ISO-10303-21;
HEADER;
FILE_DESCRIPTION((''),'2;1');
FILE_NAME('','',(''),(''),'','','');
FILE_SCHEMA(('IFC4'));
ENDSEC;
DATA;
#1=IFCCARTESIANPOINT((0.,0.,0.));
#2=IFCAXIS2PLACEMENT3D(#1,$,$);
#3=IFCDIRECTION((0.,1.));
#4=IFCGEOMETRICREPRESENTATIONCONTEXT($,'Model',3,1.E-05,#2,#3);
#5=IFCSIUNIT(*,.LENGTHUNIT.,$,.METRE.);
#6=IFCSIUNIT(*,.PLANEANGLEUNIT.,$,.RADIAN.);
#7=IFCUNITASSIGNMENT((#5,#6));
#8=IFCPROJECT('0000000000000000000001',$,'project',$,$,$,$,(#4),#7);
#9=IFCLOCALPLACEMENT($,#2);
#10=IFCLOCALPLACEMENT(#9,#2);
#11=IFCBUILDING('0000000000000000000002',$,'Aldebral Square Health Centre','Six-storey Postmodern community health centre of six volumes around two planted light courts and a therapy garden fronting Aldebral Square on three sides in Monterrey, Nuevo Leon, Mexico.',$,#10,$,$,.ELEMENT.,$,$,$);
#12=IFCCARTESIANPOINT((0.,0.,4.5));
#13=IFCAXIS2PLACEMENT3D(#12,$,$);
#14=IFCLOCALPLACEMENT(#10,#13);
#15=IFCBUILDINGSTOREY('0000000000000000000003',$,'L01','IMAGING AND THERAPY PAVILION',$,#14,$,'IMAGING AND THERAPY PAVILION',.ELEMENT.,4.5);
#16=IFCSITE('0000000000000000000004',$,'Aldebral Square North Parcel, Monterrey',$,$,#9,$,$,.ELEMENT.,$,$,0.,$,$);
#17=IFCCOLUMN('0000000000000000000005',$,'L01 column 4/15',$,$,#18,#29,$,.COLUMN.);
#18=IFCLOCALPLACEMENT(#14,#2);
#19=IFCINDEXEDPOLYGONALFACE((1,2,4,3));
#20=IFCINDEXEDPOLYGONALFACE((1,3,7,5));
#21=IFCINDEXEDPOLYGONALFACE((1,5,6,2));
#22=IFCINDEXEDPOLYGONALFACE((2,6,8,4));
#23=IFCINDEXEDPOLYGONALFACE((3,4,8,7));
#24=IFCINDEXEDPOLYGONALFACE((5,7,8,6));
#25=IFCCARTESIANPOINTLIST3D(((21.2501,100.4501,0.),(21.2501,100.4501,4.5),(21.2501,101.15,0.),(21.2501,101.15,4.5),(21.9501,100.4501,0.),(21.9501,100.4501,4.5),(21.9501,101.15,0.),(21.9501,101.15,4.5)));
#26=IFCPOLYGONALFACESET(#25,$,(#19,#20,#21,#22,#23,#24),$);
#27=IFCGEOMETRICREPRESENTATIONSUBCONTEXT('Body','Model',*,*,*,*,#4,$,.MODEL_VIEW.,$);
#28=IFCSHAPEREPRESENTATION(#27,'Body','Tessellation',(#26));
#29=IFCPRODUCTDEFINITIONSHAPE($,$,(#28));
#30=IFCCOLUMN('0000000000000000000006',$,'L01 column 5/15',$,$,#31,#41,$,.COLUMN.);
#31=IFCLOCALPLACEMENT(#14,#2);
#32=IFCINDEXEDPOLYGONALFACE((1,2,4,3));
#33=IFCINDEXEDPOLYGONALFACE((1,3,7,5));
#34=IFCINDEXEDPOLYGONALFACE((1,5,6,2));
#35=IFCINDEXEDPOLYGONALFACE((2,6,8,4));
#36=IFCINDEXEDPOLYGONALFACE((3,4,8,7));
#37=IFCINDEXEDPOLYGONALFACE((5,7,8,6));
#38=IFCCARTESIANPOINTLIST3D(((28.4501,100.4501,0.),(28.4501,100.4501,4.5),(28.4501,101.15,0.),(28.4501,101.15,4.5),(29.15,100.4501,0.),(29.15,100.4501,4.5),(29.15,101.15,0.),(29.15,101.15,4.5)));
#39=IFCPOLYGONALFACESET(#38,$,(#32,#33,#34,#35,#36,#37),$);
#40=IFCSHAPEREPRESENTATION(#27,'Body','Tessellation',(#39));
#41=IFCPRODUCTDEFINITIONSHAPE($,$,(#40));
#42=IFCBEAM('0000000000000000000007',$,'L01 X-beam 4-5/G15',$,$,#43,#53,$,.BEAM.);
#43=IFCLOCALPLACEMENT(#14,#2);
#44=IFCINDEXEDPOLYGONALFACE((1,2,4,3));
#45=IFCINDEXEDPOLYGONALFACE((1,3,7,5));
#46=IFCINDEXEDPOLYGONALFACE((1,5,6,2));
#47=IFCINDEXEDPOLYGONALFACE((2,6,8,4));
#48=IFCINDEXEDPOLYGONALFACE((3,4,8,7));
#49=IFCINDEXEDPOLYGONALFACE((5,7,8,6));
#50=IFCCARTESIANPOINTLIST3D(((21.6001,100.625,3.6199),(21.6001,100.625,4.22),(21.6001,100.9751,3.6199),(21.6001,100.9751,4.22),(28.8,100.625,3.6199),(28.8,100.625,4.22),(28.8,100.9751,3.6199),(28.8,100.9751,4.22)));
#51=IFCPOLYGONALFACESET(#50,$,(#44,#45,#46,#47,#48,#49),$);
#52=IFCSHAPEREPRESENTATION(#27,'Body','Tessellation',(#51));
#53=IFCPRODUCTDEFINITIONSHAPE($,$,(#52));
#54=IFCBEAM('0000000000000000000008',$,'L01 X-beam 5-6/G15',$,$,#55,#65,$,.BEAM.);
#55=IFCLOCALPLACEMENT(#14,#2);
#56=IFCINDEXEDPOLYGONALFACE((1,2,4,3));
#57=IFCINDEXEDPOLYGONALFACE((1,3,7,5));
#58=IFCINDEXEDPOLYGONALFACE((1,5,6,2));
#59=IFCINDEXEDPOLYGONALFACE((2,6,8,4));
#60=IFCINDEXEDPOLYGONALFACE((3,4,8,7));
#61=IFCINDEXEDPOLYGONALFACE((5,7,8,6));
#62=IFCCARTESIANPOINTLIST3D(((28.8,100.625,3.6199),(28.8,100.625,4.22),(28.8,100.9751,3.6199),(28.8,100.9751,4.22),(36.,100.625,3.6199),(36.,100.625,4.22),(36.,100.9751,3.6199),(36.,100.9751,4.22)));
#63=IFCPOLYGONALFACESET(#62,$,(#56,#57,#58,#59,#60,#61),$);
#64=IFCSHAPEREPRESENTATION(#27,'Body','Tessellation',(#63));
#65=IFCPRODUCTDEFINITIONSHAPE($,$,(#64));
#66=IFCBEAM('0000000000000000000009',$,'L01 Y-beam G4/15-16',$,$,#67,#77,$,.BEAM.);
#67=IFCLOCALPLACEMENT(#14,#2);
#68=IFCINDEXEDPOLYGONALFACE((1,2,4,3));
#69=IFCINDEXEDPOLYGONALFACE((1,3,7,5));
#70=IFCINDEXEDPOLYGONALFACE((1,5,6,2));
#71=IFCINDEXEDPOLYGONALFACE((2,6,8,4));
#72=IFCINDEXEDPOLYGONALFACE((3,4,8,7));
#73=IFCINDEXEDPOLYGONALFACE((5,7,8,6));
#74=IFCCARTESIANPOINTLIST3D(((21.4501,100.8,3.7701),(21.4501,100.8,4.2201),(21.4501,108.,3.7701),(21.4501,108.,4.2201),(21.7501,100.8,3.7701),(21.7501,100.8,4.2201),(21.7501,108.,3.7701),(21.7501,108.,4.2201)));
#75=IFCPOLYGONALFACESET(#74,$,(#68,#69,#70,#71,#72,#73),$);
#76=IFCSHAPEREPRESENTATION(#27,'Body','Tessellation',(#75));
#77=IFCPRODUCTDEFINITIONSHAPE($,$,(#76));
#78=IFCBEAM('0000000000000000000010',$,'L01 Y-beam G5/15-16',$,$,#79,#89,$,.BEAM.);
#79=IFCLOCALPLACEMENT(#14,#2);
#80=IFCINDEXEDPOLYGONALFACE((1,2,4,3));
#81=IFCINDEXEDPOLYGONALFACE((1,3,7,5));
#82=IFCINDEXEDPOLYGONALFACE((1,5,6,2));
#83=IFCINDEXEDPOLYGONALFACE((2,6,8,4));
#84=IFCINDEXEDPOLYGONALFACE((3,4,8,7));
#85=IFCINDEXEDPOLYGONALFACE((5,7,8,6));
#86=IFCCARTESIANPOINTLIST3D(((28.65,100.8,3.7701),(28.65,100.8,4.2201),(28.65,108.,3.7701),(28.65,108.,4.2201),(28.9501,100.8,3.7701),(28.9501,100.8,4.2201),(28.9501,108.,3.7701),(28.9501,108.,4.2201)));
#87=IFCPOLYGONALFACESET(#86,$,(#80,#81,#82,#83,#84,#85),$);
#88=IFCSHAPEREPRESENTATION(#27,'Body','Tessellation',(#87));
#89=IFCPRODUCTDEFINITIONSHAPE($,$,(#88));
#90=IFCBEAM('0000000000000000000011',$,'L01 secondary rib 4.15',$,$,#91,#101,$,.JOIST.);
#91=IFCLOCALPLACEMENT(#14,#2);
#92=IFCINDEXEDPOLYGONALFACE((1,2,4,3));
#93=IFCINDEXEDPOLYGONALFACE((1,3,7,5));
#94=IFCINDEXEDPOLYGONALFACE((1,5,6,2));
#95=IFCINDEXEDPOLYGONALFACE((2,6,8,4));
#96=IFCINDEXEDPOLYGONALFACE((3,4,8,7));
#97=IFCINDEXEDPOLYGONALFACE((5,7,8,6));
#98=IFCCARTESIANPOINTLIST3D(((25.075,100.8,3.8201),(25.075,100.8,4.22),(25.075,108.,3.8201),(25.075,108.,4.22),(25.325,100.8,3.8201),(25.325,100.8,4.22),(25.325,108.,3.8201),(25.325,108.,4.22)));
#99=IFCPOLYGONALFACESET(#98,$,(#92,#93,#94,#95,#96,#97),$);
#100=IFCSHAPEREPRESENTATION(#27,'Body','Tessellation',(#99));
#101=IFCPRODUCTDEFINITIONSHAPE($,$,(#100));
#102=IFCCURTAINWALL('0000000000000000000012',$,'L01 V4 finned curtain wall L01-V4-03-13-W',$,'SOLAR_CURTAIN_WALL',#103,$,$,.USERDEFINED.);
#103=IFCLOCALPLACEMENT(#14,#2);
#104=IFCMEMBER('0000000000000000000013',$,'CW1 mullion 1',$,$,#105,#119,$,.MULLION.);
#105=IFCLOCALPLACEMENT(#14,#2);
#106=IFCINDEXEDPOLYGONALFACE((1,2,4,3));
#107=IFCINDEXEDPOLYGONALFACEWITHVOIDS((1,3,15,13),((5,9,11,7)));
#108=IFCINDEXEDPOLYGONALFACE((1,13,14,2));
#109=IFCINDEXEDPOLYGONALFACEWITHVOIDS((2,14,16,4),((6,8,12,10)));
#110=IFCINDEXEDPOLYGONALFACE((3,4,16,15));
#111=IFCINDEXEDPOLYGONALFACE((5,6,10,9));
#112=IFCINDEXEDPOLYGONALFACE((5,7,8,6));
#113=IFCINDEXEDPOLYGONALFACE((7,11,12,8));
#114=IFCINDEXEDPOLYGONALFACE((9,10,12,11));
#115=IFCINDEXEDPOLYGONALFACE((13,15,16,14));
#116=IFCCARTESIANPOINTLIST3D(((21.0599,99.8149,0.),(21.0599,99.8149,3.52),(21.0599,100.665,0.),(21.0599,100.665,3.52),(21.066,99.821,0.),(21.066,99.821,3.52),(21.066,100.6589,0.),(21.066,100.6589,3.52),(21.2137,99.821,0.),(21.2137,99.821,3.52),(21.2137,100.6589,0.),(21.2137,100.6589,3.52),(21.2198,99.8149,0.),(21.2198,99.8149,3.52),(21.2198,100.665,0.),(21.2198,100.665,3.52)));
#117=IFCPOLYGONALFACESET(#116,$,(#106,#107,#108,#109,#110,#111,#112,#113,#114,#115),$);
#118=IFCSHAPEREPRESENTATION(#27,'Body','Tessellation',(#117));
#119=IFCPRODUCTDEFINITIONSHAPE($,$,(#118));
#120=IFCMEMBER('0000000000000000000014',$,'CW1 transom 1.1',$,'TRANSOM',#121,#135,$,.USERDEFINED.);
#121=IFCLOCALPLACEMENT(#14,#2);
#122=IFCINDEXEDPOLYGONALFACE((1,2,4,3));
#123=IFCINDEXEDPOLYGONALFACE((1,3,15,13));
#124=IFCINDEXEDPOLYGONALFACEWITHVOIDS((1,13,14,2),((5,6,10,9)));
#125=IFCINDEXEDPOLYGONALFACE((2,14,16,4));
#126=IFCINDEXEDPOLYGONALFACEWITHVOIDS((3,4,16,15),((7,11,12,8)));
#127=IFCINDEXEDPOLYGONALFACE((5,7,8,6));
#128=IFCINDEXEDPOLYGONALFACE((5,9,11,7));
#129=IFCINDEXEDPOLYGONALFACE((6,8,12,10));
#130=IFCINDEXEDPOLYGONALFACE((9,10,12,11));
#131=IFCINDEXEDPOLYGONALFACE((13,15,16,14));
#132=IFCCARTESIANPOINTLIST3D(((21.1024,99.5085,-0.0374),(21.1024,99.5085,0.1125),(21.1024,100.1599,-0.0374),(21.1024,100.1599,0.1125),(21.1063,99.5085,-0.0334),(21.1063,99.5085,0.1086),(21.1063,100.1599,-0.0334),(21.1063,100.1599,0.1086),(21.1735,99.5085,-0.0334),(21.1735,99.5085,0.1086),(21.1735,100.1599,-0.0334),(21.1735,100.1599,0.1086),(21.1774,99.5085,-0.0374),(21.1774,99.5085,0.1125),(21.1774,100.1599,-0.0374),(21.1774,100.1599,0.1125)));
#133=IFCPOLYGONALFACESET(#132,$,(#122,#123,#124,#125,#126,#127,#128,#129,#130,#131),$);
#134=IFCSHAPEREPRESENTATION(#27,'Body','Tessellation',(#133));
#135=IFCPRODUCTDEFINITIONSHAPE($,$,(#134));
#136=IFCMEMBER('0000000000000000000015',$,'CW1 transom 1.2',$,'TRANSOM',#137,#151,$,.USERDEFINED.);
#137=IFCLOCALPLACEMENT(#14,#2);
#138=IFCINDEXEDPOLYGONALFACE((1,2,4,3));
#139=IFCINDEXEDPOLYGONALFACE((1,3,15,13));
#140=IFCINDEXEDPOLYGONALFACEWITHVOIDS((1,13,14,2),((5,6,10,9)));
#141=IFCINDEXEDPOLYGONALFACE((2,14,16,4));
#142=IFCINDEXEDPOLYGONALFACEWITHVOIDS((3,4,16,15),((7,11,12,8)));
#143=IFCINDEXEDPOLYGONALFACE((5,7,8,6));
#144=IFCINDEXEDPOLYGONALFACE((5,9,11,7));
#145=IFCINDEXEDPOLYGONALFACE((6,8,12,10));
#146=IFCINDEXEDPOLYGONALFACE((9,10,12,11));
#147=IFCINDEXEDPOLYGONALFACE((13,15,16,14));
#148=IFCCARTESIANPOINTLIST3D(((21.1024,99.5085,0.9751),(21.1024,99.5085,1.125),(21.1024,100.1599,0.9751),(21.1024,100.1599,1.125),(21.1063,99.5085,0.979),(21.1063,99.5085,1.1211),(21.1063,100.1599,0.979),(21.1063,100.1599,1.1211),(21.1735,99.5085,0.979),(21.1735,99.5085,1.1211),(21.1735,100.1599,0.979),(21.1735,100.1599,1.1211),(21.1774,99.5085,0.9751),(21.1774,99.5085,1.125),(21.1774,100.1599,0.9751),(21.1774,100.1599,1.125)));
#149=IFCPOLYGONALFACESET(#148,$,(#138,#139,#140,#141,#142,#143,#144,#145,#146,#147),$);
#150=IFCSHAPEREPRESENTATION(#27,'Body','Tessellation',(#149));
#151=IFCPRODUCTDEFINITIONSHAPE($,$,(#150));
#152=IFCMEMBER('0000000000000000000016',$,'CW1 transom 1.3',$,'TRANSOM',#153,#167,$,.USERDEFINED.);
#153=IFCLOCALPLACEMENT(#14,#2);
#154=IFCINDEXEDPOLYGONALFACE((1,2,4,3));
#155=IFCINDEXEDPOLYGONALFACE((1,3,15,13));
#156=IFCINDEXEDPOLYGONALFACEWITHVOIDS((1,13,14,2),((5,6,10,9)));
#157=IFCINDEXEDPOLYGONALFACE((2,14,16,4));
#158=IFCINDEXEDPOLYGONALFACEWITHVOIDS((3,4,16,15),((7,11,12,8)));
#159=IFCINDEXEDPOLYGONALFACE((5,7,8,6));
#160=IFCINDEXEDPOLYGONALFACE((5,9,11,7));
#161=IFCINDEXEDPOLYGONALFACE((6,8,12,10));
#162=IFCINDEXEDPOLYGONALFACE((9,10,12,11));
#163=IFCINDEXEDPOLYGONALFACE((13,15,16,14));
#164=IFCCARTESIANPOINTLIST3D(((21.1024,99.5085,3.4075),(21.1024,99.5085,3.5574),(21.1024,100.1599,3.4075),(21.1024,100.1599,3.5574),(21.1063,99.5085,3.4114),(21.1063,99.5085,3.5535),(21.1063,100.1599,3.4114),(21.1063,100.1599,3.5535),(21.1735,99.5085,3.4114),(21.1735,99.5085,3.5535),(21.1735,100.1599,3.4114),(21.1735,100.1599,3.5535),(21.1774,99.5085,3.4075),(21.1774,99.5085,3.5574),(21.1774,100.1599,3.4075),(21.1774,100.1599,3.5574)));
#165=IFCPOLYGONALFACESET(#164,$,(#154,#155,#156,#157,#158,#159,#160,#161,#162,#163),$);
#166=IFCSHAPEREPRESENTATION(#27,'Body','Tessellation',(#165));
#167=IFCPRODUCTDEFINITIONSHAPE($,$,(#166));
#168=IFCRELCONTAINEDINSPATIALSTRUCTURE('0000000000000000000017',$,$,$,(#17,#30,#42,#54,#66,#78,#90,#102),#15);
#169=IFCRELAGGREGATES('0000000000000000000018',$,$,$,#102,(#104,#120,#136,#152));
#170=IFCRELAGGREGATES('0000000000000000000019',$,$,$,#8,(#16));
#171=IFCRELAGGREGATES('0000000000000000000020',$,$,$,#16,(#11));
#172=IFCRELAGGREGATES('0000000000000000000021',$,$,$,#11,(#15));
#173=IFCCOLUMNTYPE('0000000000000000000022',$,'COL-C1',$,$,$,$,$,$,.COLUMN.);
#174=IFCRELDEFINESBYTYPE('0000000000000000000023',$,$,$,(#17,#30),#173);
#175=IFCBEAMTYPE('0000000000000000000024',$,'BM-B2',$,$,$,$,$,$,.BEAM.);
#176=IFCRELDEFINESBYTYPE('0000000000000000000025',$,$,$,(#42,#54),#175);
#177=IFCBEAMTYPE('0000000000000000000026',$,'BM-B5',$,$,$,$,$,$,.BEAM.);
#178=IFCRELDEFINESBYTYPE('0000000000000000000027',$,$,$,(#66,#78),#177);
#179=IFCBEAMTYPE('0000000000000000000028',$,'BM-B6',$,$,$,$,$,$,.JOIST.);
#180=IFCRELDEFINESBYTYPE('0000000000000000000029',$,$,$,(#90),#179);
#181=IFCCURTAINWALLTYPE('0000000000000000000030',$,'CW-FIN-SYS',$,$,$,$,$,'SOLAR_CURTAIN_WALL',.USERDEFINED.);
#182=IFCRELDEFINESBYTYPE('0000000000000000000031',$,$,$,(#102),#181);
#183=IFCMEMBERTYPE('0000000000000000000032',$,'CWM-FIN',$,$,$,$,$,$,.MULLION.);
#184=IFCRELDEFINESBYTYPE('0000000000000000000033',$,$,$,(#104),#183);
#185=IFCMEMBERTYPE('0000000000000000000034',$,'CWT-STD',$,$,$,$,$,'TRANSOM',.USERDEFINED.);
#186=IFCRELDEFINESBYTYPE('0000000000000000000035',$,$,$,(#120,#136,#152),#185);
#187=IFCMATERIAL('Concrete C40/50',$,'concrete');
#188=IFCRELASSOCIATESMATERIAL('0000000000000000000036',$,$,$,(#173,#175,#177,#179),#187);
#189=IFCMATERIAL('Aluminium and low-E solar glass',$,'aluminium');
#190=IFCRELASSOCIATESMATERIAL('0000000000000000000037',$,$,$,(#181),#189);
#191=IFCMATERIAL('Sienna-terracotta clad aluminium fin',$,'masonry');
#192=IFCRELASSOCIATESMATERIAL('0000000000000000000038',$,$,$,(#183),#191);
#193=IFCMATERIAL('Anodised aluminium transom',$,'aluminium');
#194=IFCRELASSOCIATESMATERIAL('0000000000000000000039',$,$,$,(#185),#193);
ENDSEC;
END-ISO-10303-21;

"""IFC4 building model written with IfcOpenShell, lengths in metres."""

from ifc_helpers import new_model, si_unit, direction, frame, origin, origin_2d, place, context, subcontext, project, spatial, rectangle, hollow_rectangle, extrude, material, material_profile, profile_set, type_object, element, aggregate, save


model = new_model("IFC4")

# Units and contexts
model_context = context("Model", 3, precision=1e-05, world=origin(), true_north=direction((0.0, 1.0)))
body_context = subcontext(model_context, "Body", "Model", "MODEL_VIEW")
ifc_project = project(units=[si_unit("LENGTHUNIT", "METRE"), si_unit("PLANEANGLEUNIT", "RADIAN")], contexts=[model_context])

# Site, building, storey
site_placement = place(None, origin())
site = spatial("IfcSite", under=ifc_project, at=site_placement, Name="Aldebral Square North Parcel, Monterrey", CompositionType="ELEMENT", RefElevation=0.0)
building_placement = place(site_placement, origin())
building = spatial("IfcBuilding", under=site, at=building_placement, Name="Aldebral Square Health Centre", Description="Six-storey Postmodern community health centre of six volumes around two planted light courts and a therapy garden fronting Aldebral Square on three sides in Monterrey, Nuevo Leon, Mexico.", CompositionType="ELEMENT")
storey_placement = place(building_placement, frame((0.0, 0.0, 4.5)))
storey = spatial("IfcBuildingStorey", under=building, at=storey_placement, Name="L01", Description="IMAGING AND THERAPY PAVILION", LongName="IMAGING AND THERAPY PAVILION", CompositionType="ELEMENT", Elevation=4.5)

# Columns
ifc_material_1 = material(Name="Concrete C40/50", Category="concrete")
ifc_material_profile_1 = material_profile(ifc_material_1, rectangle(XDim=0.7, YDim=0.7, at=origin_2d()), Name="RC 700x700")
ifc_profile_set_1 = profile_set([ifc_material_profile_1], Name="Concrete C40/50")
column_type = type_object("IfcColumnType", Name="COL-C1", PredefinedType="COLUMN", material=ifc_profile_set_1)
for number, where, z_axis, x_axis, name in (
    (1, (21.6001, 100.8, 0.0), (0.0, 0.0, 1.0), (1.0, 0.0, 0.0), "L01 column 4/15"),
    (2, (28.8, 100.8, 0.0), (0.0, 0.0, 1.0), (1.0, 0.0, 0.0), "L01 column 5/15"),
):
    element("IfcColumn", number, at=place(storey_placement, frame(where, z_axis=z_axis, x_axis=x_axis)), inside=storey, type_object=column_type, Name=name, PredefinedType="COLUMN", context=body_context, shape_type="SweptSolid", body=[
        extrude(rectangle(XDim=0.7, YDim=0.7, at=origin_2d()), origin(), (0.0, 0.0, 1.0), 4.5),
    ])

# Beams
ifc_material_profile_2 = material_profile(ifc_material_1, rectangle(XDim=0.3501, YDim=0.6001, at=origin_2d()), Name="RC 350x600")
ifc_profile_set_2 = profile_set([ifc_material_profile_2], Name="Concrete C40/50")
beam_type_1 = type_object("IfcBeamType", Name="BM-B2", PredefinedType="BEAM", material=ifc_profile_set_2)
for number, where, z_axis, x_axis, name in (
    (3, (21.6001, 100.8, 3.9199), (1.0, 0.0, 0.0), (0.0, 1.0, 0.0), "L01 X-beam 4-5/G15"),
    (4, (28.8, 100.8, 3.9199), (1.0, 0.0, 0.0), (0.0, 1.0, 0.0), "L01 X-beam 5-6/G15"),
):
    element("IfcBeam", number, at=place(storey_placement, frame(where, z_axis=z_axis, x_axis=x_axis)), inside=storey, type_object=beam_type_1, Name=name, PredefinedType="BEAM", context=body_context, shape_type="SweptSolid", body=[
        extrude(rectangle(XDim=0.3501, YDim=0.6001, at=origin_2d()), origin(), (0.0, 0.0, 1.0), 7.2),
    ])
ifc_material_profile_3 = material_profile(ifc_material_1, rectangle(XDim=0.3, YDim=0.45, at=origin_2d()), Name="RC 300x450")
ifc_profile_set_3 = profile_set([ifc_material_profile_3], Name="Concrete C40/50")
beam_type_2 = type_object("IfcBeamType", Name="BM-B5", PredefinedType="BEAM", material=ifc_profile_set_3)
for number, where, z_axis, x_axis, name in (
    (5, (21.6001, 100.8, 3.9951), (0.0, 1.0, 0.0), (-1.0, 0.0, 0.0), "L01 Y-beam G4/15-16"),
    (6, (28.8, 100.8, 3.9951), (0.0, 1.0, 0.0), (-1.0, 0.0, 0.0), "L01 Y-beam G5/15-16"),
):
    element("IfcBeam", number, at=place(storey_placement, frame(where, z_axis=z_axis, x_axis=x_axis)), inside=storey, type_object=beam_type_2, Name=name, PredefinedType="BEAM", context=body_context, shape_type="SweptSolid", body=[
        extrude(rectangle(XDim=0.3, YDim=0.45, at=origin_2d()), origin(), (0.0, 0.0, 1.0), 7.2),
    ])
ifc_material_profile_4 = material_profile(ifc_material_1, rectangle(XDim=0.25, YDim=0.3999, at=origin_2d()), Name="RC 250x400")
ifc_profile_set_4 = profile_set([ifc_material_profile_4], Name="Concrete C40/50")
beam_type_3 = type_object("IfcBeamType", Name="BM-B6", PredefinedType="JOIST", material=ifc_profile_set_4)
beam_placement = place(storey_placement, frame((25.2, 100.8, 4.02), z_axis=(0.0, 1.0, 0.0), x_axis=(-1.0, 0.0, 0.0)))
element("IfcBeam", 7, at=beam_placement, inside=storey, type_object=beam_type_3, Name="L01 secondary rib 4.15", PredefinedType="JOIST", context=body_context, shape_type="SweptSolid", body=[
    extrude(rectangle(XDim=0.25, YDim=0.3999, at=origin_2d()), origin(), (0.0, 0.0, 1.0), 7.2),
])

# Curtain wall, members
ifc_material_2 = material(Name="Aluminium and low-E solar glass", Category="aluminium")
curtain_wall_type = type_object("IfcCurtainWallType", Name="CW-FIN-SYS", ElementType="SOLAR_CURTAIN_WALL", PredefinedType="USERDEFINED", material=ifc_material_2)
curtain_wall_placement = place(storey_placement, origin())
curtain_wall = element("IfcCurtainWall", 8, at=curtain_wall_placement, inside=storey, type_object=curtain_wall_type, Name="L01 V4 finned curtain wall L01-V4-03-13-W", ObjectType="SOLAR_CURTAIN_WALL", PredefinedType="USERDEFINED")
ifc_material_3 = material(Name="Sienna-terracotta clad aluminium fin", Category="masonry")
ifc_material_profile_5 = material_profile(ifc_material_3, hollow_rectangle(XDim=0.1599, YDim=0.8501, WallThickness=0.0061, at=origin_2d()), Name="FIN 160x850x6")
ifc_profile_set_5 = profile_set([ifc_material_profile_5], Name="Sienna-terracotta clad aluminium fin")
member_type_1 = type_object("IfcMemberType", Name="CWM-FIN", PredefinedType="MULLION", material=ifc_profile_set_5)
member_1_placement = place(storey_placement, frame((21.1399, 100.24, 0.0), z_axis=(0.0, 0.0, 1.0), x_axis=(1.0, 0.0, 0.0)))
member_1 = element("IfcMember", 9, at=member_1_placement, type_object=member_type_1, Name="CW1 mullion 1", PredefinedType="MULLION", context=body_context, shape_type="SweptSolid", body=[
    extrude(hollow_rectangle(XDim=0.1599, YDim=0.8501, WallThickness=0.0061, at=origin_2d()), origin(), (0.0, 0.0, 1.0), 3.52),
])
ifc_material_4 = material(Name="Anodised aluminium transom", Category="aluminium")
ifc_material_profile_6 = material_profile(ifc_material_4, hollow_rectangle(XDim=0.075, YDim=0.1499, WallThickness=0.0039, at=origin_2d()), Name="CWT 75x150x4")
ifc_profile_set_6 = profile_set([ifc_material_profile_6], Name="Anodised aluminium transom")
member_type_2 = type_object("IfcMemberType", Name="CWT-STD", ElementType="TRANSOM", PredefinedType="USERDEFINED", material=ifc_profile_set_6)
member_2_placement = place(storey_placement, frame((21.1399, 100.1599, 0.0376), z_axis=(0.0, -1.0, 0.0), x_axis=(1.0, 0.0, 0.0)))
member_2 = element("IfcMember", 10, at=member_2_placement, type_object=member_type_2, Name="CW1 transom 1.1", ObjectType="TRANSOM", PredefinedType="USERDEFINED", context=body_context, shape_type="SweptSolid", body=[
    extrude(hollow_rectangle(XDim=0.075, YDim=0.1499, WallThickness=0.0039, at=origin_2d()), origin(), (0.0, 0.0, 1.0), 0.6514),
])
member_3_placement = place(storey_placement, frame((21.1399, 100.1599, 1.05), z_axis=(0.0, -1.0, 0.0), x_axis=(1.0, 0.0, 0.0)))
member_3 = element("IfcMember", 11, at=member_3_placement, type_object=member_type_2, Name="CW1 transom 1.2", ObjectType="TRANSOM", PredefinedType="USERDEFINED", context=body_context, shape_type="SweptSolid", body=[
    extrude(hollow_rectangle(XDim=0.075, YDim=0.1499, WallThickness=0.0039, at=origin_2d()), origin(), (0.0, 0.0, 1.0), 0.6514),
])
member_4_placement = place(storey_placement, frame((21.1399, 100.1599, 3.4824), z_axis=(0.0, -1.0, 0.0), x_axis=(1.0, 0.0, 0.0)))
member_4 = element("IfcMember", 12, at=member_4_placement, type_object=member_type_2, Name="CW1 transom 1.3", ObjectType="TRANSOM", PredefinedType="USERDEFINED", context=body_context, shape_type="SweptSolid", body=[
    extrude(hollow_rectangle(XDim=0.075, YDim=0.1499, WallThickness=0.0039, at=origin_2d()), origin(), (0.0, 0.0, 1.0), 0.6514),
])
aggregate(curtain_wall, [member_1, member_2, member_3, member_4])

save(model, "model.ifc")
